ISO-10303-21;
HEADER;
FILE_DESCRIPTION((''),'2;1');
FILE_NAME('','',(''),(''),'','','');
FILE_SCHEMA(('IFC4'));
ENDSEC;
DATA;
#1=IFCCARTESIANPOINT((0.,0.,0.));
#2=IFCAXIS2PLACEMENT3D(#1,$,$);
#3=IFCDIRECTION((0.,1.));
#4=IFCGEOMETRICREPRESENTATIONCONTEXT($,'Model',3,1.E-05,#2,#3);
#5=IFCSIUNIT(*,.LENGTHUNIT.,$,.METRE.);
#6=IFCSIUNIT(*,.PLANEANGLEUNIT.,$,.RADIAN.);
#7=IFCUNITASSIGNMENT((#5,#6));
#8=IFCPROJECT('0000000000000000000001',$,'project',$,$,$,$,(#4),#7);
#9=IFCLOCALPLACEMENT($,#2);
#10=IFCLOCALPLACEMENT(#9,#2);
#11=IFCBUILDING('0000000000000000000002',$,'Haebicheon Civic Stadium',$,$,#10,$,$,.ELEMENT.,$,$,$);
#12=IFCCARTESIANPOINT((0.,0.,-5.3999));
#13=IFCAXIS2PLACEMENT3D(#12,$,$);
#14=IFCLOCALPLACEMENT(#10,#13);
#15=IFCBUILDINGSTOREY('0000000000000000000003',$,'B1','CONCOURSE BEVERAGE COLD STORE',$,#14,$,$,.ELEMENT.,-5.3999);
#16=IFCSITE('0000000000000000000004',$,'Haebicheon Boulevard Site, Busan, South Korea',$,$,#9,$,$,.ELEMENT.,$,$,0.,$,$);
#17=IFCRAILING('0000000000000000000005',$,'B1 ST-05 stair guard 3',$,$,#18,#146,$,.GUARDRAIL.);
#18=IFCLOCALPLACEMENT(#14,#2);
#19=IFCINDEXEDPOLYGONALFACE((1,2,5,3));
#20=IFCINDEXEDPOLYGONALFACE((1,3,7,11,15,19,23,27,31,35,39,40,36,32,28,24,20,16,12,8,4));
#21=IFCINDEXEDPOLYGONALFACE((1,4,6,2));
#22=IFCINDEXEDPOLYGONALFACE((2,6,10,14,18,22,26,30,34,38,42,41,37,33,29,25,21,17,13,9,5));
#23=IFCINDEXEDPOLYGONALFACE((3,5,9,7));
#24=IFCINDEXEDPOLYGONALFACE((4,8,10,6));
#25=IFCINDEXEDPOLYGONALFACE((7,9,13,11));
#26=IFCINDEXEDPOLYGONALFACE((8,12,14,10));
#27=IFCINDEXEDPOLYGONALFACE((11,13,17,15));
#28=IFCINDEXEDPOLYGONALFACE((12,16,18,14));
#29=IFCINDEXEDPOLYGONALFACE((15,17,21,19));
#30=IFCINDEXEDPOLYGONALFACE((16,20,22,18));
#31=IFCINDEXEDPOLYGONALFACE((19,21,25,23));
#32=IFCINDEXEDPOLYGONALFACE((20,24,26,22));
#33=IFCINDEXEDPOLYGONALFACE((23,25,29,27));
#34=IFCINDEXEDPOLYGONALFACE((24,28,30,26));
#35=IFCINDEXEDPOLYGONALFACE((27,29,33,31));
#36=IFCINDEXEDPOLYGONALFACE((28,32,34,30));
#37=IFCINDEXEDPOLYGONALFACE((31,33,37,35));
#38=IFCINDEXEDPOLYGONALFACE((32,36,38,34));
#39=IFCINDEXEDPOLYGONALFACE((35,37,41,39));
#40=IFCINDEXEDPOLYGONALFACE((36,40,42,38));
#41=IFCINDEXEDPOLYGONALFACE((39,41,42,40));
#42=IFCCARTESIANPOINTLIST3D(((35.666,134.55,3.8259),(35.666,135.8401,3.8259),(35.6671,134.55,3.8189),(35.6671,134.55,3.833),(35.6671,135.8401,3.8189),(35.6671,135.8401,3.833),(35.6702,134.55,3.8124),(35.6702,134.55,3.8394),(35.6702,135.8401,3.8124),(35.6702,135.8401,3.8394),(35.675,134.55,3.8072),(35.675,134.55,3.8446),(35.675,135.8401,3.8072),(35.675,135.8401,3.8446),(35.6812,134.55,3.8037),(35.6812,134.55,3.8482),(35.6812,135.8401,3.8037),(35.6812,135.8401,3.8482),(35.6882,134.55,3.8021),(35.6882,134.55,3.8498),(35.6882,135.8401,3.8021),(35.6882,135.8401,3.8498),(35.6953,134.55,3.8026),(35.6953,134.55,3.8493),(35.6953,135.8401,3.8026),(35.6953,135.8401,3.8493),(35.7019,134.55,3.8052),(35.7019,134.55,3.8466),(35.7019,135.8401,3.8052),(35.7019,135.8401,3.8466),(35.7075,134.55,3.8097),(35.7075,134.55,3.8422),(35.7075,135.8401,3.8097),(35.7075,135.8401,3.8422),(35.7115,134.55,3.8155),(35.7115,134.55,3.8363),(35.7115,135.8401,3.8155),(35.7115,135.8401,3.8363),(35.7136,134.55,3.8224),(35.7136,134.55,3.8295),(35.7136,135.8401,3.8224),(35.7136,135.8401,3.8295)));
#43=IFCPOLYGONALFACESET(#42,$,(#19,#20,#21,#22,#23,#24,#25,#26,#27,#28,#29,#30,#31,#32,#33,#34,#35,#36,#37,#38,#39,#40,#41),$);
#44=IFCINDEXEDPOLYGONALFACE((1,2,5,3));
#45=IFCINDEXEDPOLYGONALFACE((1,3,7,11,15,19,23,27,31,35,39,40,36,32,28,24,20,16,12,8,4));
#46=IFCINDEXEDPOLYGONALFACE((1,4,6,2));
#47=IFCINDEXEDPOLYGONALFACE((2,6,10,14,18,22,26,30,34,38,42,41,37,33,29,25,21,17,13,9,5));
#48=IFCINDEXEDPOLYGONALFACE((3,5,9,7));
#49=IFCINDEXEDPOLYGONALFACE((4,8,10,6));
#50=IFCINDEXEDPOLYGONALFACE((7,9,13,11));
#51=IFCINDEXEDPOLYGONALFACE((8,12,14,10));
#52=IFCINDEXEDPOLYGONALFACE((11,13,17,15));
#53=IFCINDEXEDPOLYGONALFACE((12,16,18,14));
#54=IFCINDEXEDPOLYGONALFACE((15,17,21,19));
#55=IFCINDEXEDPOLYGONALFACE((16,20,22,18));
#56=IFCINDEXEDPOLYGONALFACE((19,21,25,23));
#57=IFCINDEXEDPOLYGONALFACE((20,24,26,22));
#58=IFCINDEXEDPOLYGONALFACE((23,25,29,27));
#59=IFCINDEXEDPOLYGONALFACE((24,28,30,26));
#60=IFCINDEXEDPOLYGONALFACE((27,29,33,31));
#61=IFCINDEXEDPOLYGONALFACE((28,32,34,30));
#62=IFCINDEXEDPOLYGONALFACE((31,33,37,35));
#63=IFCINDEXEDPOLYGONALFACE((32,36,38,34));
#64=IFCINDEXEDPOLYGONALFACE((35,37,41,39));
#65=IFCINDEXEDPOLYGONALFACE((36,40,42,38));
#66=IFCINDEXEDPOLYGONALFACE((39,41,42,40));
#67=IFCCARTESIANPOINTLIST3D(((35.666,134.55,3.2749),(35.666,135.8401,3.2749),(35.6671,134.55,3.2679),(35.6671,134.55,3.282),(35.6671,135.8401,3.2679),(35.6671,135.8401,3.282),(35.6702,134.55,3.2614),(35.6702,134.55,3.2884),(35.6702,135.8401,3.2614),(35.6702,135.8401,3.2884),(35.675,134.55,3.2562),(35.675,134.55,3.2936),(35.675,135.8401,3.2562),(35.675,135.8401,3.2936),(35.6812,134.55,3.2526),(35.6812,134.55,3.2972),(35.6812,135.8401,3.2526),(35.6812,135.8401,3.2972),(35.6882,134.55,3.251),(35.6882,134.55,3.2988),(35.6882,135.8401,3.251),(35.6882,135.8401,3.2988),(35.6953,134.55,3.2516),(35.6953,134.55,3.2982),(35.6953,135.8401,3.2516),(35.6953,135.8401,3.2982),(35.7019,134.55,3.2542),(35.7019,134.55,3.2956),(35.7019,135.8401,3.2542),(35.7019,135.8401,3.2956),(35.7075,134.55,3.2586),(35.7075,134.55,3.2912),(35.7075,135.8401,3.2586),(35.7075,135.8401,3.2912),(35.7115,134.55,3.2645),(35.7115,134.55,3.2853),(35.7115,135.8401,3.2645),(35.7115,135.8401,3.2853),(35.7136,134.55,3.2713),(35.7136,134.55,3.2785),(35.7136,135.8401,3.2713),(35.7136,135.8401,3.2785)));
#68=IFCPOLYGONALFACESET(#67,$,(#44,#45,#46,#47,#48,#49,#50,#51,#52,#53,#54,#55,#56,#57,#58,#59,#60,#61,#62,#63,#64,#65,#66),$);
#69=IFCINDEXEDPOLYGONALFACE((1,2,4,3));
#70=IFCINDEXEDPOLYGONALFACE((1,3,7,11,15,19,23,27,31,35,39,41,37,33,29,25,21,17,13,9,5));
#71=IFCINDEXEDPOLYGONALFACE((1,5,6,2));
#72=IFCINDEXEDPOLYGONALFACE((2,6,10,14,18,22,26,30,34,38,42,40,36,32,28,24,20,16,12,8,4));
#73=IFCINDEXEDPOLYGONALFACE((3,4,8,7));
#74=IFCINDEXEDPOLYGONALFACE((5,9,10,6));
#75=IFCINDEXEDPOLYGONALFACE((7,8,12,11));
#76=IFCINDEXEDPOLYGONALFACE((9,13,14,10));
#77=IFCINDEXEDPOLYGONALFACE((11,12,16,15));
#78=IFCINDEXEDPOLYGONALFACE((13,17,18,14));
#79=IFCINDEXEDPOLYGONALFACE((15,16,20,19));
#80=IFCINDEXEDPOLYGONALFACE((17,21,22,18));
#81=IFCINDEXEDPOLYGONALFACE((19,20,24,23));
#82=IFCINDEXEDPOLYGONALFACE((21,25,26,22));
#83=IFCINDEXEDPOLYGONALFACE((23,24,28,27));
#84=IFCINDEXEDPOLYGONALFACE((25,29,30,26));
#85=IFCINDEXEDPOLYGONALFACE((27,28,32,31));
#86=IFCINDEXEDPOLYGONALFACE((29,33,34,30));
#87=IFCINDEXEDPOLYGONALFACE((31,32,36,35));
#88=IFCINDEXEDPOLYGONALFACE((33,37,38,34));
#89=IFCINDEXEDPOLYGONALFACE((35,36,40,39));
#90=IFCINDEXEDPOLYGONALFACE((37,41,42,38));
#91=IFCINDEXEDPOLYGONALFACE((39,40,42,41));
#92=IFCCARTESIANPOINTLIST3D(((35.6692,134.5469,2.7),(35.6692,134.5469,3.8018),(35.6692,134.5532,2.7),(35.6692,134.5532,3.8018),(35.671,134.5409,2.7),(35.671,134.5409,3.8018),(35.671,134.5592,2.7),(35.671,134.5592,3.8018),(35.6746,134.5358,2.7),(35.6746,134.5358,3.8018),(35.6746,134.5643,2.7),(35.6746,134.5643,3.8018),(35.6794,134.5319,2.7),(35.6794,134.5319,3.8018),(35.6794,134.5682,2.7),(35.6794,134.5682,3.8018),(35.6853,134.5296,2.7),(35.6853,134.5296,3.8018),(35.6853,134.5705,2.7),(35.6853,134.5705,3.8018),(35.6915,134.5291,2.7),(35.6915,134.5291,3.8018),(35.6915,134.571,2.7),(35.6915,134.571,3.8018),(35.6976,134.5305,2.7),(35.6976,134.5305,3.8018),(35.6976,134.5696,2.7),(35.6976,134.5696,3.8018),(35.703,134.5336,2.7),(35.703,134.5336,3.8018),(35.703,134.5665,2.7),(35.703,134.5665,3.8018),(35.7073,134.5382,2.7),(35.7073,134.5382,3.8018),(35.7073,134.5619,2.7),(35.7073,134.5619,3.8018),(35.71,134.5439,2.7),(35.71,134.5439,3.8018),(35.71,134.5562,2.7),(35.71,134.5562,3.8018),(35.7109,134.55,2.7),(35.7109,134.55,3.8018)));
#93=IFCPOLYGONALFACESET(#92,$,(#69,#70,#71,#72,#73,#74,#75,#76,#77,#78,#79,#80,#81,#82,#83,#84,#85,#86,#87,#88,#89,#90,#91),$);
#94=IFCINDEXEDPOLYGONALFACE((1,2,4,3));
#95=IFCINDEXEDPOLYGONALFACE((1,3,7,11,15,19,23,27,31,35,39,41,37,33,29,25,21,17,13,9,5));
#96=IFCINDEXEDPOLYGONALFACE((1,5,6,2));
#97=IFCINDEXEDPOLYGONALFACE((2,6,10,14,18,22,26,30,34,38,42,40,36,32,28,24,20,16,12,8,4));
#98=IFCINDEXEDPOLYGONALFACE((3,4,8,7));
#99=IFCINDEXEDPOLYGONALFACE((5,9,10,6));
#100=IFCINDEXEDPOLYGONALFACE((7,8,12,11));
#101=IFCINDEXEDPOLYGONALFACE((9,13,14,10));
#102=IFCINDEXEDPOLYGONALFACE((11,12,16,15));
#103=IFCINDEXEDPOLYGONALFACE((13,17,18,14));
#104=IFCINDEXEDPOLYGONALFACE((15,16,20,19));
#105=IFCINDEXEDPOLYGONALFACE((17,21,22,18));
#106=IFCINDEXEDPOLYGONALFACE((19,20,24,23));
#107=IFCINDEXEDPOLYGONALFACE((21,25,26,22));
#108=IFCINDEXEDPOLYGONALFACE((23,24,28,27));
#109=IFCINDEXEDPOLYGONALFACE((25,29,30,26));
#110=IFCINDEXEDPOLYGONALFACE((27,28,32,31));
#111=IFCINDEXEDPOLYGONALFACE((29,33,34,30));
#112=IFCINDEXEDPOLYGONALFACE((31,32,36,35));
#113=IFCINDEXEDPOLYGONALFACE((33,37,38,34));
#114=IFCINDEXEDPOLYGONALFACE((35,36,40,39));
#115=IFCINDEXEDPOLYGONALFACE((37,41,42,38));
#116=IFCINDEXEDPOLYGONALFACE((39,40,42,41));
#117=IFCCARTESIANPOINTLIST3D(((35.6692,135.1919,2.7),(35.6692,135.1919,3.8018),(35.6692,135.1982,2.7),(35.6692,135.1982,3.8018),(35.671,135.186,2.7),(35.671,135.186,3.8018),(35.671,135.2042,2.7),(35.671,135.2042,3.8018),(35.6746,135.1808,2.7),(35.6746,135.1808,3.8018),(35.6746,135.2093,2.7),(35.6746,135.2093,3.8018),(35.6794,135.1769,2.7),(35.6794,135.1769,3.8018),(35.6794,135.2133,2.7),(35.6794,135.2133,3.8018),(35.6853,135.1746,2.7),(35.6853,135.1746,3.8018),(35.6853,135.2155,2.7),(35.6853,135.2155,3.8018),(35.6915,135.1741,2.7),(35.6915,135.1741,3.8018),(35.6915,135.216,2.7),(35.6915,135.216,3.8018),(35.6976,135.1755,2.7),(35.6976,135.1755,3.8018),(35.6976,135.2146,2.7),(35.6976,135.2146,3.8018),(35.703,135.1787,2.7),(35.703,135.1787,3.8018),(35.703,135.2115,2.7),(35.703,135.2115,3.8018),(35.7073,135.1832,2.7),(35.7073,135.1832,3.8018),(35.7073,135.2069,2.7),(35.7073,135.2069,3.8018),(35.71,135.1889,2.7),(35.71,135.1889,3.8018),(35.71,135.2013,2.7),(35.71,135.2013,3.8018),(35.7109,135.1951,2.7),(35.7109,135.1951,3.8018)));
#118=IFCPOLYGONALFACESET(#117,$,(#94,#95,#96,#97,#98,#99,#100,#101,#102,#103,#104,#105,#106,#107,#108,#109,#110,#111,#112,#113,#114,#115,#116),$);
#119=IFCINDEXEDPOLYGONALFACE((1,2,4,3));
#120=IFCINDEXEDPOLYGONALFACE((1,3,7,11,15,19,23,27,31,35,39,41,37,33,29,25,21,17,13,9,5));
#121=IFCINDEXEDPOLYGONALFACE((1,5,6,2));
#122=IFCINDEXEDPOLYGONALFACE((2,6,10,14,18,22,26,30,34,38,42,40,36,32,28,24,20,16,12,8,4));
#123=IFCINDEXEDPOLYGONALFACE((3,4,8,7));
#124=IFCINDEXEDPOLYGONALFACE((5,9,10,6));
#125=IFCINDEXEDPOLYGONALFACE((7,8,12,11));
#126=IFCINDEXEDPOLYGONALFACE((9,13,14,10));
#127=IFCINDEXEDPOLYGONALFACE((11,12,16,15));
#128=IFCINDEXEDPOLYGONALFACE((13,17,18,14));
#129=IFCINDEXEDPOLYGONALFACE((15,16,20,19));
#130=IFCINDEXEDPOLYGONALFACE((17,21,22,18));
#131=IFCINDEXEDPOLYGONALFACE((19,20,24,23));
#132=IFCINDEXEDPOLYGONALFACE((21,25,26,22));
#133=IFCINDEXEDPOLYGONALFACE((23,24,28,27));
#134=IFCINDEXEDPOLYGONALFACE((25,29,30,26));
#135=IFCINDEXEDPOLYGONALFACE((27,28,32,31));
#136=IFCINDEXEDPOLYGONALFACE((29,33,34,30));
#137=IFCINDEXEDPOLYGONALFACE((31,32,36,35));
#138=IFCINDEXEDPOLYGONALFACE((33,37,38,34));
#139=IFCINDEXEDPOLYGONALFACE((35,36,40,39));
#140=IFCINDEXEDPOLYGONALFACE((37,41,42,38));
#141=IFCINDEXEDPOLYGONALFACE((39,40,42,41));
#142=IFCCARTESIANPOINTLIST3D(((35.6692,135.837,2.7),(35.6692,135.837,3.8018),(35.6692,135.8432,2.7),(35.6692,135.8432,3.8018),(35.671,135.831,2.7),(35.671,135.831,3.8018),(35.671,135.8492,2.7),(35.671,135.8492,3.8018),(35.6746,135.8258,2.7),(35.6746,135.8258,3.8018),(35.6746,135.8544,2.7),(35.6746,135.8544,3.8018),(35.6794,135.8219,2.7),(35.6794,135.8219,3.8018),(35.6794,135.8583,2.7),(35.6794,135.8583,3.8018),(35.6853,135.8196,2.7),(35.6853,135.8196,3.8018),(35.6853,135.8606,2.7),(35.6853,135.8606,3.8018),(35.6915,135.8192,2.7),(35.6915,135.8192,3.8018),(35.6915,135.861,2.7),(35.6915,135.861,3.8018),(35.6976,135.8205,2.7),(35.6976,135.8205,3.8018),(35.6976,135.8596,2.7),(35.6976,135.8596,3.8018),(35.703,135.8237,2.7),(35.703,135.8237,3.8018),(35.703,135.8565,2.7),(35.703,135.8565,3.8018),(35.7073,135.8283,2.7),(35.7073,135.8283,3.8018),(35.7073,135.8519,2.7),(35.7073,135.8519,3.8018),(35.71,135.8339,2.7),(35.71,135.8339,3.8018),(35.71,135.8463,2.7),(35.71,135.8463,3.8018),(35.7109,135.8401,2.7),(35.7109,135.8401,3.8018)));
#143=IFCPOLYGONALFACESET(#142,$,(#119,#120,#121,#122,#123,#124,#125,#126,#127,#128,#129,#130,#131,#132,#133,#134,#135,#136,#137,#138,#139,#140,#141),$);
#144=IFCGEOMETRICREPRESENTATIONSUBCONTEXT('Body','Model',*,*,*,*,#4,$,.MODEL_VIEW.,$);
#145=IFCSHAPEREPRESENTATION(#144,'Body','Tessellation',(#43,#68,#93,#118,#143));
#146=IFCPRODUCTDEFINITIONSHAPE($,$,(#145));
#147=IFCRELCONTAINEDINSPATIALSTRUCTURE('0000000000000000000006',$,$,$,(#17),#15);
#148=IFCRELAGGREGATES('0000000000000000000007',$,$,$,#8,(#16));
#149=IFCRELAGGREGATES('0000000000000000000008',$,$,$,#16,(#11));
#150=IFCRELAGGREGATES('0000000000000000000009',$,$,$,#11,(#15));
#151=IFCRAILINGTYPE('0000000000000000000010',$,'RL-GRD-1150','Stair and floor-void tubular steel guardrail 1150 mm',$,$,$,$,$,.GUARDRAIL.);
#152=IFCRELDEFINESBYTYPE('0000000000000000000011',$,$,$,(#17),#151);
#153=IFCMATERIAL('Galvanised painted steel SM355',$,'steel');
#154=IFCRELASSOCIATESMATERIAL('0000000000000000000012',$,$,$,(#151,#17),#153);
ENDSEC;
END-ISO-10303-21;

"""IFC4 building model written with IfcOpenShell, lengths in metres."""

from ifc_helpers import new_model, si_unit, direction, frame, origin, origin_2d, place, context, subcontext, project, spatial, circle, extrude, material, type_object, element, save


model = new_model("IFC4")

# Units and contexts
model_context = context("Model", 3, precision=1e-05, world=origin(), true_north=direction((0.0, 1.0)))
body_context = subcontext(model_context, "Body", "Model", "MODEL_VIEW")
ifc_project = project(units=[si_unit("LENGTHUNIT", "METRE"), si_unit("PLANEANGLEUNIT", "RADIAN")], contexts=[model_context])

# Site, building, storey
site_placement = place(None, origin())
site = spatial("IfcSite", under=ifc_project, at=site_placement, Name="Haebicheon Boulevard Site, Busan, South Korea", CompositionType="ELEMENT", RefElevation=0.0)
building_placement = place(site_placement, origin())
building = spatial("IfcBuilding", under=site, at=building_placement, Name="Haebicheon Civic Stadium", CompositionType="ELEMENT")
storey_placement = place(building_placement, frame((0.0, 0.0, -5.3999)))
storey = spatial("IfcBuildingStorey", under=building, at=storey_placement, Name="B1", Description="CONCOURSE BEVERAGE COLD STORE", CompositionType="ELEMENT", Elevation=-5.3999)

# Railing
ifc_material_1 = material(Name="Galvanised painted steel SM355", Category="steel")
railing_type = type_object("IfcRailingType", Name="RL-GRD-1150", Description="Stair and floor-void tubular steel guardrail 1150 mm", PredefinedType="GUARDRAIL", material=ifc_material_1)
railing_1_placement = place(storey_placement, frame((35.6899, 134.55, 2.7)))
element("IfcRailing", 1, at=railing_1_placement, inside=storey, type_object=railing_type, material=ifc_material_1, Name="B1 ST-05 stair guard 3", PredefinedType="GUARDRAIL", context=body_context, shape_type="SweptSolid", body=[
    extrude(circle(Radius=0.0239, at=origin_2d()), frame((0.0, 0.0, 1.126), z_axis=(0.0, 1.0, 0.0), x_axis=(-1.0, 0.0, 0.0)), (0.0, 0.0, 1.0), 1.29),
    extrude(circle(Radius=0.0239, at=origin_2d()), frame((0.0, 0.0, 0.575), z_axis=(0.0, 1.0, 0.0), x_axis=(-1.0, 0.0, 0.0)), (0.0, 0.0, 1.0), 1.29),
    extrude(circle(Radius=0.021, at=origin_2d()), origin(), (0.0, 0.0, 1.0), 1.1018),
    extrude(circle(Radius=0.021, at=origin_2d()), frame((0.0, 0.645, 0.0)), (0.0, 0.0, 1.0), 1.1018),
    extrude(circle(Radius=0.021, at=origin_2d()), frame((0.0, 1.29, 0.0)), (0.0, 0.0, 1.0), 1.1018),
])

save(model, "model.ifc")
